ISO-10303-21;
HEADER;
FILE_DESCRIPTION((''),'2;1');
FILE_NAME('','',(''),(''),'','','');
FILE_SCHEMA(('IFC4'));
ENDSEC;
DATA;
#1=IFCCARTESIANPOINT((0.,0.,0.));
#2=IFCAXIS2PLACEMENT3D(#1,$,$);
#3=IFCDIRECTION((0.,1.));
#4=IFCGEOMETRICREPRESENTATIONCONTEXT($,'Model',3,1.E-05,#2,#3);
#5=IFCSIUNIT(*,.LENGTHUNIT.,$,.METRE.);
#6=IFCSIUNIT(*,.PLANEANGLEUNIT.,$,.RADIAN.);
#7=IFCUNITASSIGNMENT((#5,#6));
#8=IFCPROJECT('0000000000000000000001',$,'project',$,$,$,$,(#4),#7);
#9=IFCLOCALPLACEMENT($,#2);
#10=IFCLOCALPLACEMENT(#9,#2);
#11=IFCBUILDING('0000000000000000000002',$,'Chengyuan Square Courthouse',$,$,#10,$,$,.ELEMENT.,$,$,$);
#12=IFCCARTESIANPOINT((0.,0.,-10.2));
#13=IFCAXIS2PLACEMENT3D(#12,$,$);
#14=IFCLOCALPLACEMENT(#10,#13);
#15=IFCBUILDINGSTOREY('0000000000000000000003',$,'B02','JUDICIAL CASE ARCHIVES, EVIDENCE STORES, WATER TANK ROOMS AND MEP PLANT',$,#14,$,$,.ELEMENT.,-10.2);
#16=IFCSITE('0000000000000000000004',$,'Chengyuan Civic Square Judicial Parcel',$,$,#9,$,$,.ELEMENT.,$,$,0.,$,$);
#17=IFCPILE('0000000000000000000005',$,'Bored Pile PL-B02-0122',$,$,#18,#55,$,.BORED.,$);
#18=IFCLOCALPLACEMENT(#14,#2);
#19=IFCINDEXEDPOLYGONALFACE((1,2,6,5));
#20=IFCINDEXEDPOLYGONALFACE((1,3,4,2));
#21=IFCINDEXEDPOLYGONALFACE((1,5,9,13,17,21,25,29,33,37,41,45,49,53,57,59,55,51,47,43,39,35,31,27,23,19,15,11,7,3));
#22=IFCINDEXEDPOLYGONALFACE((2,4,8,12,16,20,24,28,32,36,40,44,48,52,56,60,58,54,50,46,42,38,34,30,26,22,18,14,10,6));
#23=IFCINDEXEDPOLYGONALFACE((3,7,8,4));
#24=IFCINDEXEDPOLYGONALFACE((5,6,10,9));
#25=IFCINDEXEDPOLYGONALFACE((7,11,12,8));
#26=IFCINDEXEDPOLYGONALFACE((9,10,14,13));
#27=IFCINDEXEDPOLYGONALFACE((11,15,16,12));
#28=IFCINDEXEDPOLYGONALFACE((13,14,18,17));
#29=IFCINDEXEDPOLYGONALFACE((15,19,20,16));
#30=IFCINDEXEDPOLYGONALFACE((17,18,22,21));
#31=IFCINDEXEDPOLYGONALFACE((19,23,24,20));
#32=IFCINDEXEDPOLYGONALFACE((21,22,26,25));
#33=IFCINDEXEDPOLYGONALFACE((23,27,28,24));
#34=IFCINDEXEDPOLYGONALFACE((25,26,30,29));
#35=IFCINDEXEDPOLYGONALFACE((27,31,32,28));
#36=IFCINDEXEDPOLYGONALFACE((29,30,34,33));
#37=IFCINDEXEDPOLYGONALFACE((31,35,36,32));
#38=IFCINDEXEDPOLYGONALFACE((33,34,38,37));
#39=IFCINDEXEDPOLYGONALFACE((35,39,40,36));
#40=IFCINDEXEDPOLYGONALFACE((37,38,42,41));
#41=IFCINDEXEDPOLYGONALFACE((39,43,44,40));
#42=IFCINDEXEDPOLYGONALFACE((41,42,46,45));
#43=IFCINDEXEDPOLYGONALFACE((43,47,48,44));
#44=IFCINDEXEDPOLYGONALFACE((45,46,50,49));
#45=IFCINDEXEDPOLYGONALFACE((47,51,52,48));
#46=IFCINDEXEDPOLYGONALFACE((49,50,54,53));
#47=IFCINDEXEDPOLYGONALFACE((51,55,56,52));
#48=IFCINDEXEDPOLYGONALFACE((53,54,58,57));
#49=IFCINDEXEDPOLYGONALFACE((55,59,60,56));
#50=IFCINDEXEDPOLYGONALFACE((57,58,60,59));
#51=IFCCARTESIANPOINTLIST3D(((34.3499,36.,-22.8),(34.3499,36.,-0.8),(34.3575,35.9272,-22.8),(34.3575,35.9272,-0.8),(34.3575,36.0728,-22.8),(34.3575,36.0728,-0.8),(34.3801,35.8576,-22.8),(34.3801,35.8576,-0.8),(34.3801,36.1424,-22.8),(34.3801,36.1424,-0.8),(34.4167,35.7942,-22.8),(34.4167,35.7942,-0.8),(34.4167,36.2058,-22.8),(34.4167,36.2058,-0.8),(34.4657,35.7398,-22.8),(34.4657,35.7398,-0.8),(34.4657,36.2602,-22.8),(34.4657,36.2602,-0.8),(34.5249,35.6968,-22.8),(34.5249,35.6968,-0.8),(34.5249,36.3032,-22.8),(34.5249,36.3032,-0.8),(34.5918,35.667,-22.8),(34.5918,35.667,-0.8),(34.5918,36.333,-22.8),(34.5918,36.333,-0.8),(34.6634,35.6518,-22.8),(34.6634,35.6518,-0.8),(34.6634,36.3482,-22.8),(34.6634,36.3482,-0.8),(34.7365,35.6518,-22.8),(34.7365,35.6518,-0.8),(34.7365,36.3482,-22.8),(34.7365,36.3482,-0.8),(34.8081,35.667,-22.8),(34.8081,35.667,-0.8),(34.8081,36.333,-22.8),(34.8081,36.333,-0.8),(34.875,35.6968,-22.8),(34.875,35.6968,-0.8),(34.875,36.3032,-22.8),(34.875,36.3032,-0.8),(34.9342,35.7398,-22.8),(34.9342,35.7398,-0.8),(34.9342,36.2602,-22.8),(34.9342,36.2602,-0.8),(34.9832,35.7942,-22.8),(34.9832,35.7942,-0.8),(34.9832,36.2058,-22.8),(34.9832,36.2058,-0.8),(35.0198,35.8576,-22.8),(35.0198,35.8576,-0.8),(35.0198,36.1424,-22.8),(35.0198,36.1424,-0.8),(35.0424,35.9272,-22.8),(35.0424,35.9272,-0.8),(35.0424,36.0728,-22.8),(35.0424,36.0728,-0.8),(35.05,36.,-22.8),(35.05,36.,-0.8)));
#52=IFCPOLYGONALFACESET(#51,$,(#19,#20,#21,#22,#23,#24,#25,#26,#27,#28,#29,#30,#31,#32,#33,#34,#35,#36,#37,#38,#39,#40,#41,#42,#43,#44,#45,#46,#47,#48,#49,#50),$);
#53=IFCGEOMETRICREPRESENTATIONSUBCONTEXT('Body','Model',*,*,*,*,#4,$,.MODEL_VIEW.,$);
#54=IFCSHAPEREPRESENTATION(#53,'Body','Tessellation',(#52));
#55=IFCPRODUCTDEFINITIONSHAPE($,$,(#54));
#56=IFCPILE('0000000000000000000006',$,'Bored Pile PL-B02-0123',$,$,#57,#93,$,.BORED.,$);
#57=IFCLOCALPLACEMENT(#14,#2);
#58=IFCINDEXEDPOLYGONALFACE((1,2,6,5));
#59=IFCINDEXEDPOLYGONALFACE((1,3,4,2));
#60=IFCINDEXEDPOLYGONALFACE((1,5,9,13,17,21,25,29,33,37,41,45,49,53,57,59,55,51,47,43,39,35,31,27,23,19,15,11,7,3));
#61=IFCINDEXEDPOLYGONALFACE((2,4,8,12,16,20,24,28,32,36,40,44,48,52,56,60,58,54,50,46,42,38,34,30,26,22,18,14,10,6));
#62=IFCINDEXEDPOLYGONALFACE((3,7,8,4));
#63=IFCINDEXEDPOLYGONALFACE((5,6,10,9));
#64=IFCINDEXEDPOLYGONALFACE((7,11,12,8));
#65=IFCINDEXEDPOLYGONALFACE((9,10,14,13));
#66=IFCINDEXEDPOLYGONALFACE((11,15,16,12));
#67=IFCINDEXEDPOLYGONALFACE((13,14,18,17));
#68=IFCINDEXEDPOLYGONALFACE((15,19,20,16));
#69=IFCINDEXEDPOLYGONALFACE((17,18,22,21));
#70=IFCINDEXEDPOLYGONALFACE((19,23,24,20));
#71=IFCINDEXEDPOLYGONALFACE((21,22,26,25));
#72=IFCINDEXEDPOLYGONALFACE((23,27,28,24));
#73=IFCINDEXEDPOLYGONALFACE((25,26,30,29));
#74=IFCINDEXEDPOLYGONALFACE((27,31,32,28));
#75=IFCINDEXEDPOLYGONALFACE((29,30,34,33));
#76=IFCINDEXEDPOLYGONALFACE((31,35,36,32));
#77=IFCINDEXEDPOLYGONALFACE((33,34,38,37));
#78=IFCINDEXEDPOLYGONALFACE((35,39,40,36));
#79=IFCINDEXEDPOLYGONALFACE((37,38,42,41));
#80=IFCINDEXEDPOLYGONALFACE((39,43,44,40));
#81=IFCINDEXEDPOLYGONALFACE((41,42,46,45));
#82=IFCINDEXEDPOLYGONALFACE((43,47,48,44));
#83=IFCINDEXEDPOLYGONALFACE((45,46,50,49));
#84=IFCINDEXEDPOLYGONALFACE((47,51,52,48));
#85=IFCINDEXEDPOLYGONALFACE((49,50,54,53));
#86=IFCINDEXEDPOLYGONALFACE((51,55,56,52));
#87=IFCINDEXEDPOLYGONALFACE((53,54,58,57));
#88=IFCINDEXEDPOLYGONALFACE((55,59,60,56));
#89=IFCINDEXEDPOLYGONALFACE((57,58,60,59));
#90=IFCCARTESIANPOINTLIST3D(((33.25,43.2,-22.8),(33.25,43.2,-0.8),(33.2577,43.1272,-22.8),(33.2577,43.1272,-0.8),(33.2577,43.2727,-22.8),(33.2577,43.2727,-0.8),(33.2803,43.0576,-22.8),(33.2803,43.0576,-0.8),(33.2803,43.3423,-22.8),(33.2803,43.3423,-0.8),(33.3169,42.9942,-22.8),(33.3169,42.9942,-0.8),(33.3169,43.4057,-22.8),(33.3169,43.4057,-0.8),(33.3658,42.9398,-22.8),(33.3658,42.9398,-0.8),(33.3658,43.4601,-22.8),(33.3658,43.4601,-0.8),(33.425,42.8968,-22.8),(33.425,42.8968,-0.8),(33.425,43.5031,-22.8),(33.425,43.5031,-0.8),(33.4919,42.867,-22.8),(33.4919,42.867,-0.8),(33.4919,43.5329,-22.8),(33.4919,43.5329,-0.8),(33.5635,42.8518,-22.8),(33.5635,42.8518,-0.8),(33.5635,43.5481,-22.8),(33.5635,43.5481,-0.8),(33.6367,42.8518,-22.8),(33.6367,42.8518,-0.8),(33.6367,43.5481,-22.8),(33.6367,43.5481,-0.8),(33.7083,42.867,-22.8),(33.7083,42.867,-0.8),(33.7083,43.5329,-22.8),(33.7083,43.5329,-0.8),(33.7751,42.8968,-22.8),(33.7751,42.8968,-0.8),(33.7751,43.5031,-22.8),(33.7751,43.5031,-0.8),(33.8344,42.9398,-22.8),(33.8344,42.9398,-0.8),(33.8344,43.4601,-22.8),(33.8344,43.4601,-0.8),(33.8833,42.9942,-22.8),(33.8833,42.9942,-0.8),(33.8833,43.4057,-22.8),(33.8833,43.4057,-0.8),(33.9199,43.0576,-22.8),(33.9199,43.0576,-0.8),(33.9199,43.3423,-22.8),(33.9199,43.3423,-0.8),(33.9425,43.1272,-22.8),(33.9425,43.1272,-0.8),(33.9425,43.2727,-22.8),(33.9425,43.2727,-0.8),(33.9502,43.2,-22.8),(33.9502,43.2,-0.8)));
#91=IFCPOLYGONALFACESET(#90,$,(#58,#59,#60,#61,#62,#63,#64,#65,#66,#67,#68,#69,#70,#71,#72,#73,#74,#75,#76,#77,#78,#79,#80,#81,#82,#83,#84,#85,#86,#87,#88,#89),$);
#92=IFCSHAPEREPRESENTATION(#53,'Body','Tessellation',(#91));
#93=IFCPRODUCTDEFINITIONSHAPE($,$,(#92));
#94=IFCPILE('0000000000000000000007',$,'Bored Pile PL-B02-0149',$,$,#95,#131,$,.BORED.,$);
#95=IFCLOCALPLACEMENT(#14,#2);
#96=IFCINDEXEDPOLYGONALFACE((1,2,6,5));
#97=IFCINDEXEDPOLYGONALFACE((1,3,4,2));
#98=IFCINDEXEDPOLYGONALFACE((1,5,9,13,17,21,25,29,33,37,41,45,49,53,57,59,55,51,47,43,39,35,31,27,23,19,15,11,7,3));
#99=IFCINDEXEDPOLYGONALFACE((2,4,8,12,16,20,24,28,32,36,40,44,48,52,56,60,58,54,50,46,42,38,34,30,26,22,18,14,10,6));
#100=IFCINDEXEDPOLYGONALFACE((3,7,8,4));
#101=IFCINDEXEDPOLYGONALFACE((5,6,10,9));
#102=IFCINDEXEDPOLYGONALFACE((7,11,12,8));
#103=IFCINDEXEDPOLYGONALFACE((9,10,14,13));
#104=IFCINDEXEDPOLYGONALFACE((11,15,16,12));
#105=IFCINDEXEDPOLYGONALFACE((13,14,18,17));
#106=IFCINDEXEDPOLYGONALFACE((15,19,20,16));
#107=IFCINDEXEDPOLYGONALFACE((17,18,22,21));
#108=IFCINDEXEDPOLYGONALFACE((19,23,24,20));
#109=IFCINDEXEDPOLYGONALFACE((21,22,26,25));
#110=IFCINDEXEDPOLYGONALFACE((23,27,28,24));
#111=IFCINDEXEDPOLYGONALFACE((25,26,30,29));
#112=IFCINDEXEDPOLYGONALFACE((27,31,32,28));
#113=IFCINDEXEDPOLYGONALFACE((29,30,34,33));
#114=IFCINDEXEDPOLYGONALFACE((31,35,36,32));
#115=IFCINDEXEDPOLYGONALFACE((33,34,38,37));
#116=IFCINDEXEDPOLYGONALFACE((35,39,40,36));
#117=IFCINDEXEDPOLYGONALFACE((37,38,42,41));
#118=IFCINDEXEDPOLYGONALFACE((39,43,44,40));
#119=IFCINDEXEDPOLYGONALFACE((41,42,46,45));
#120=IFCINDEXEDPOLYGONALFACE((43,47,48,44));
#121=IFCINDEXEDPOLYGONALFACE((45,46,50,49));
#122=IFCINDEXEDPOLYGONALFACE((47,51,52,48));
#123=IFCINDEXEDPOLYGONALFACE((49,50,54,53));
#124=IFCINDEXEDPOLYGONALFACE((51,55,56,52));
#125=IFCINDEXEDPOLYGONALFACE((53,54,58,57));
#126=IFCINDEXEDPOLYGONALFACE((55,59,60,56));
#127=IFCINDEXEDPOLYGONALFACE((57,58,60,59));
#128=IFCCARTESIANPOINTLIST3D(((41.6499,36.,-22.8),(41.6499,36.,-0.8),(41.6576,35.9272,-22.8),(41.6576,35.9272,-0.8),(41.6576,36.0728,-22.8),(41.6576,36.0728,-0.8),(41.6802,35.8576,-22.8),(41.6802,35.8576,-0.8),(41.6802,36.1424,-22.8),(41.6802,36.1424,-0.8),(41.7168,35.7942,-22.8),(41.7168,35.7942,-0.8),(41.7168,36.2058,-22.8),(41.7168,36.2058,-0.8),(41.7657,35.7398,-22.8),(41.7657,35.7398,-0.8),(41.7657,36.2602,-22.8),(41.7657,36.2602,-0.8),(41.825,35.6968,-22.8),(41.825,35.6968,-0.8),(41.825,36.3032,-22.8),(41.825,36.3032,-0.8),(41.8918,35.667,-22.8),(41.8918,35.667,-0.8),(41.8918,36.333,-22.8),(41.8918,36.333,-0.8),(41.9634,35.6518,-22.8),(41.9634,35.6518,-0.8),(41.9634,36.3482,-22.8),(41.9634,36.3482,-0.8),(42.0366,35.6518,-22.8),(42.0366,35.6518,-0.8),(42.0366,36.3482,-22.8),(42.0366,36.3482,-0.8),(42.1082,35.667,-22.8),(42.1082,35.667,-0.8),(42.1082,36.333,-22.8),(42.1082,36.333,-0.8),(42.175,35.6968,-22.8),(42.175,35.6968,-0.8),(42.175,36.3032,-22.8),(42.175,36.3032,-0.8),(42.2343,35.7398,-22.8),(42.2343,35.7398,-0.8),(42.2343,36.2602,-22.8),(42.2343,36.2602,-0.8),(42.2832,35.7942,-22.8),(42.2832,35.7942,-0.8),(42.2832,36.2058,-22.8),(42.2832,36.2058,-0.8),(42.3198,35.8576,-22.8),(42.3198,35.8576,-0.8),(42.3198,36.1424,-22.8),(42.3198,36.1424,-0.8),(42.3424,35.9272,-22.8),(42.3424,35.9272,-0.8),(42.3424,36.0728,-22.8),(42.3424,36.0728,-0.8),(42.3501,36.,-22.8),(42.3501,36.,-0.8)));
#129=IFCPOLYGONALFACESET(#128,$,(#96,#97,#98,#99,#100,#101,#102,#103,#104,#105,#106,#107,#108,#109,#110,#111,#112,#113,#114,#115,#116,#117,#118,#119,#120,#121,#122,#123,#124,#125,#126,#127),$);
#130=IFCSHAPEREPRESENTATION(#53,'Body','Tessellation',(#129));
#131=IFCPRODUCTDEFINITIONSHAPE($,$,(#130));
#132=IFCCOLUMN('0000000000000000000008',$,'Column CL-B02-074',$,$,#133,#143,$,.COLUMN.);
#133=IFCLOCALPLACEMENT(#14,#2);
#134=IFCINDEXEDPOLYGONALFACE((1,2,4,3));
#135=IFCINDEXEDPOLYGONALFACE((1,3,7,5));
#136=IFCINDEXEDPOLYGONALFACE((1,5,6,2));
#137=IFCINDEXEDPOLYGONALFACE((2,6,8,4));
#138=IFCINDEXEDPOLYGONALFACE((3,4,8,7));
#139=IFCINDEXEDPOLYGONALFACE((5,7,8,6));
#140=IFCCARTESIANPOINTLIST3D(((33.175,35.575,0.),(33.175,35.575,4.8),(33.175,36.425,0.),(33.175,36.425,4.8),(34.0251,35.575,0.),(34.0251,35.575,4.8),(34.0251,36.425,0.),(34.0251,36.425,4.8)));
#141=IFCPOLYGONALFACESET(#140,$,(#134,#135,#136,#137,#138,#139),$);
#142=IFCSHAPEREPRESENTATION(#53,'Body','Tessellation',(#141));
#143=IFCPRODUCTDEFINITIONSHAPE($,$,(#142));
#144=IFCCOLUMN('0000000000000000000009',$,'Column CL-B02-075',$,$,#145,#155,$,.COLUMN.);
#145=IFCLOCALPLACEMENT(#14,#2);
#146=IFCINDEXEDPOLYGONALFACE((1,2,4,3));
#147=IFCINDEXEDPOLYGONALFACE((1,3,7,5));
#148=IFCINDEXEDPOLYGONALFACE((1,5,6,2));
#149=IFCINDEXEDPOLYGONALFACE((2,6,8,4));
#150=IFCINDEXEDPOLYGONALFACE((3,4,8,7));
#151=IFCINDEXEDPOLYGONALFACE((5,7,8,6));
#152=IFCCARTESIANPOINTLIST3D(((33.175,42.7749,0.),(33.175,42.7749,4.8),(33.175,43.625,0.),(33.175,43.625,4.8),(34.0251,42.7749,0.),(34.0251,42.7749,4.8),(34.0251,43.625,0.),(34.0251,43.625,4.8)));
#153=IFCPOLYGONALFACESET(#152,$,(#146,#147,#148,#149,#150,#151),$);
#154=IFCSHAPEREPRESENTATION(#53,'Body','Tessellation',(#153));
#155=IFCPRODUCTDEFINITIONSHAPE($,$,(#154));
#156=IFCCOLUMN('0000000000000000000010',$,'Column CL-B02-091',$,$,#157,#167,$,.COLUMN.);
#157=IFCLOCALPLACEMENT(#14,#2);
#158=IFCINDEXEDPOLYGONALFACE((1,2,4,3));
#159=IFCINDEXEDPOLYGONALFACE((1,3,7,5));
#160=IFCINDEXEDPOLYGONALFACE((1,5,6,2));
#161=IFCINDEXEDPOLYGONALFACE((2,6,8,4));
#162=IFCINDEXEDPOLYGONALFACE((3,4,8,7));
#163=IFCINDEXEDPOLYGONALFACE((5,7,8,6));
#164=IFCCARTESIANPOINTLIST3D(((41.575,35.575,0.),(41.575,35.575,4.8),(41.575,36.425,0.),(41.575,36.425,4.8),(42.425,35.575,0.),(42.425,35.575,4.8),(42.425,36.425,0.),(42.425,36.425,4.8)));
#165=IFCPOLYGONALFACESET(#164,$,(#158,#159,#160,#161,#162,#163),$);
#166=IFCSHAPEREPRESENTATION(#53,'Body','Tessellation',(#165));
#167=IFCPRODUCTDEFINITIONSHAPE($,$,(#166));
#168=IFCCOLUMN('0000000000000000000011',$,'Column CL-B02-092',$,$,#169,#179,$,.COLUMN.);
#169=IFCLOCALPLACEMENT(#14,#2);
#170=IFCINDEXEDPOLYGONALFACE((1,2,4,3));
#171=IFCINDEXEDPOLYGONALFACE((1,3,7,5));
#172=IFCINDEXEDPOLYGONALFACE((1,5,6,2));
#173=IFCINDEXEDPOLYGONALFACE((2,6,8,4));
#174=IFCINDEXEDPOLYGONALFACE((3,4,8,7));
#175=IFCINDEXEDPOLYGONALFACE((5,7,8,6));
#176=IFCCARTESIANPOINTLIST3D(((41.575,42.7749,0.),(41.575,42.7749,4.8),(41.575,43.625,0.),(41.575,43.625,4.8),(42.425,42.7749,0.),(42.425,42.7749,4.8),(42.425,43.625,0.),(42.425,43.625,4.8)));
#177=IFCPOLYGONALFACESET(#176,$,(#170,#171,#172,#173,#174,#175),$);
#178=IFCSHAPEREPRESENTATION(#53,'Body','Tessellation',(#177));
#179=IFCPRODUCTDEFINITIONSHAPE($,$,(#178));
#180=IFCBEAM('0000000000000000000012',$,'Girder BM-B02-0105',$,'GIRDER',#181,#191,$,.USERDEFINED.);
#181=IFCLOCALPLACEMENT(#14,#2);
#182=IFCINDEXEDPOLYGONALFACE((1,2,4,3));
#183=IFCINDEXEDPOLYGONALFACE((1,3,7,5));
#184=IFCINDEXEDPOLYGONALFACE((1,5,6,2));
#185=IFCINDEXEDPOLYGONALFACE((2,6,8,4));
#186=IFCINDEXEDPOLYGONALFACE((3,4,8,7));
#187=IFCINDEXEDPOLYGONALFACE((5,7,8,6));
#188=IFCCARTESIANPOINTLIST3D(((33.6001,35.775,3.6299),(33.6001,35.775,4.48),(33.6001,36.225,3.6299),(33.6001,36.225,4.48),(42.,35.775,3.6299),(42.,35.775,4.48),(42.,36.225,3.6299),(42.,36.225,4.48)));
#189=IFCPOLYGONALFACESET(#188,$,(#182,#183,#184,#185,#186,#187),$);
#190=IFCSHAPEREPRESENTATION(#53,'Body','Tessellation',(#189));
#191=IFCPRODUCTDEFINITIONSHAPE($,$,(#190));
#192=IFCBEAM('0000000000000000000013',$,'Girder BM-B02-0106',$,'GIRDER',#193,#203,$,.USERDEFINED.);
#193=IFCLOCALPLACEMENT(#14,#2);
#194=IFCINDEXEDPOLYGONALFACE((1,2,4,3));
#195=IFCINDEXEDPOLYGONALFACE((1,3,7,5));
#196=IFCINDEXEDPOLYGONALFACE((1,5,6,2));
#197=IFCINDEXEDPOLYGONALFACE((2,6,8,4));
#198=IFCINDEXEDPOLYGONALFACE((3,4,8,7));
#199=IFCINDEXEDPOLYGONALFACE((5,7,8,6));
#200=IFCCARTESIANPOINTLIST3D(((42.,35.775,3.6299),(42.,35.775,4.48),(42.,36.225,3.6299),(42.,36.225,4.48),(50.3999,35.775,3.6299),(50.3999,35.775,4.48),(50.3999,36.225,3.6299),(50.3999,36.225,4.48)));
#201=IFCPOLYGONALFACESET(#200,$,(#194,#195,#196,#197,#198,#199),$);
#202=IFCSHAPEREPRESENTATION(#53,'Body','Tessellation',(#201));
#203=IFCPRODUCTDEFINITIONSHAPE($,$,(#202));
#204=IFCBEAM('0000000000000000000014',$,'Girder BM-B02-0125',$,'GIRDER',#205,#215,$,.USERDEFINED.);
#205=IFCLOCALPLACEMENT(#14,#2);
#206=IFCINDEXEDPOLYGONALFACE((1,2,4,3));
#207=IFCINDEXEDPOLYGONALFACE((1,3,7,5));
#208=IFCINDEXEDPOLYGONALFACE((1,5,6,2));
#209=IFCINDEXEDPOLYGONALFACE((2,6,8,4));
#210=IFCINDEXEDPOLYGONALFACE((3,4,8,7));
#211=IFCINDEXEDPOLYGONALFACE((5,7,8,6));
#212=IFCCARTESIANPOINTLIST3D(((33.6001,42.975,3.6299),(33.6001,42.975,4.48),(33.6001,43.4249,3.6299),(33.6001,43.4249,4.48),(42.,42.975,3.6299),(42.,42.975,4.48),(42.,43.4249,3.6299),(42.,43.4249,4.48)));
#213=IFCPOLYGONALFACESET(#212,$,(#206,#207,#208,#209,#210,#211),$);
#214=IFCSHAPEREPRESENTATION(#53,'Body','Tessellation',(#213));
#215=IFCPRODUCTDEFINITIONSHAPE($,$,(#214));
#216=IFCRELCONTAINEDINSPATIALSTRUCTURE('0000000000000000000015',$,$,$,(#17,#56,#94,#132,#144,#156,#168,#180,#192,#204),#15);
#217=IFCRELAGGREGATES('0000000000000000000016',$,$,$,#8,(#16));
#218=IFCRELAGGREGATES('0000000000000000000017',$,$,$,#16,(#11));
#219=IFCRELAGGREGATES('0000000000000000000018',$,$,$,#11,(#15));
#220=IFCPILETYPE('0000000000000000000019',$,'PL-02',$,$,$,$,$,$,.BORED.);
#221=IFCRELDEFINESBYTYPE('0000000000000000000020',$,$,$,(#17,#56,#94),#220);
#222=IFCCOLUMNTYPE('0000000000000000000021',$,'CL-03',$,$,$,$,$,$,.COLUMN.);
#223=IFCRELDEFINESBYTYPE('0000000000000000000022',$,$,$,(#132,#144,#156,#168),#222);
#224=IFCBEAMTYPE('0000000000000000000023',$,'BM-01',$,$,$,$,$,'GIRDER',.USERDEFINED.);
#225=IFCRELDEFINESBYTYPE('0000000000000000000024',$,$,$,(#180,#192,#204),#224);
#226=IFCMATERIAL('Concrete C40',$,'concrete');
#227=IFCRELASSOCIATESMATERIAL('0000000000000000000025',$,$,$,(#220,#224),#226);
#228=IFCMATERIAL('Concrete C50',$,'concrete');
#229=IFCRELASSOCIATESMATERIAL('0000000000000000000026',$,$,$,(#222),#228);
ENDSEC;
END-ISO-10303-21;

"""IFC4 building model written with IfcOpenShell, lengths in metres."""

from ifc_helpers import new_model, si_unit, direction, frame, origin, origin_2d, place, context, subcontext, project, spatial, rectangle, circle, extrude, material, material_profile, profile_set, type_object, element, save


model = new_model("IFC4")

# Units and contexts
model_context = context("Model", 3, precision=1e-05, world=origin(), true_north=direction((0.0, 1.0)))
body_context = subcontext(model_context, "Body", "Model", "MODEL_VIEW")
ifc_project = project(units=[si_unit("LENGTHUNIT", "METRE"), si_unit("PLANEANGLEUNIT", "RADIAN")], contexts=[model_context])

# Site, building, storey
site_placement = place(None, origin())
site = spatial("IfcSite", under=ifc_project, at=site_placement, Name="Chengyuan Civic Square Judicial Parcel", CompositionType="ELEMENT", RefElevation=0.0)
building_placement = place(site_placement, origin())
building = spatial("IfcBuilding", under=site, at=building_placement, Name="Chengyuan Square Courthouse", CompositionType="ELEMENT")
storey_placement = place(building_placement, frame((0.0, 0.0, -10.2)))
storey = spatial("IfcBuildingStorey", under=building, at=storey_placement, Name="B02", Description="JUDICIAL CASE ARCHIVES, EVIDENCE STORES, WATER TANK ROOMS AND MEP PLANT", CompositionType="ELEMENT", Elevation=-10.2)

# Shared definitions
ifc_material_1 = material(Name="Concrete C40", Category="concrete")

# Piles
ifc_material_profile_1 = material_profile(ifc_material_1, circle(Radius=0.3501, at=origin_2d()), Name="BORED PILE D700")
ifc_profile_set_1 = profile_set([ifc_material_profile_1], Name="Concrete C40")
pile_type_1 = type_object("IfcPileType", Name="PL-02", PredefinedType="BORED", material=ifc_profile_set_1)
for number, where, z_axis, x_axis, name in (
    (1, (34.7, 36.0, -0.8), (0.0, 0.0, -1.0), (1.0, 0.0, 0.0), "Bored Pile PL-B02-0122"),
    (2, (33.6001, 43.2, -0.8), (0.0, 0.0, -1.0), (1.0, 0.0, 0.0), "Bored Pile PL-B02-0123"),
    (3, (42.0, 36.0, -0.8), (0.0, 0.0, -1.0), (1.0, 0.0, 0.0), "Bored Pile PL-B02-0149"),
):
    element("IfcPile", number, at=place(storey_placement, frame(where, z_axis=z_axis, x_axis=x_axis)), inside=storey, type_object=pile_type_1, Name=name, PredefinedType="BORED", context=body_context, shape_type="SweptSolid", body=[
        extrude(circle(Radius=0.3501, at=origin_2d()), origin(), (0.0, 0.0, 1.0), 22.0),
    ])

# Columns
ifc_material_2 = material(Name="Concrete C50", Category="concrete")
ifc_material_profile_2 = material_profile(ifc_material_2, rectangle(XDim=0.8501, YDim=0.8501, at=origin_2d()), Name="RC-COL-850x850")
ifc_profile_set_2 = profile_set([ifc_material_profile_2], Name="Concrete C50")
column_type = type_object("IfcColumnType", Name="CL-03", PredefinedType="COLUMN", material=ifc_profile_set_2)
for number, where, z_axis, x_axis, name in (
    (4, (33.6001, 36.0, 0.0), (0.0, 0.0, 1.0), (1.0, 0.0, 0.0), "Column CL-B02-074"),
    (5, (33.6001, 43.2, 0.0), (0.0, 0.0, 1.0), (1.0, 0.0, 0.0), "Column CL-B02-075"),
    (6, (42.0, 36.0, 0.0), (0.0, 0.0, 1.0), (1.0, 0.0, 0.0), "Column CL-B02-091"),
    (7, (42.0, 43.2, 0.0), (0.0, 0.0, 1.0), (1.0, 0.0, 0.0), "Column CL-B02-092"),
):
    element("IfcColumn", number, at=place(storey_placement, frame(where, z_axis=z_axis, x_axis=x_axis)), inside=storey, type_object=column_type, Name=name, PredefinedType="COLUMN", context=body_context, shape_type="SweptSolid", body=[
        extrude(rectangle(XDim=0.8501, YDim=0.8501, at=origin_2d()), origin(), (0.0, 0.0, 1.0), 4.8),
    ])

# Beams
ifc_material_profile_3 = material_profile(ifc_material_1, rectangle(XDim=0.45, YDim=0.8501, at=origin_2d()), Name="RC-BM-450x850")
ifc_profile_set_3 = profile_set([ifc_material_profile_3], Name="Concrete C40")
beam_type_1 = type_object("IfcBeamType", Name="BM-01", ElementType="GIRDER", PredefinedType="USERDEFINED", material=ifc_profile_set_3)
for number, where, z_axis, x_axis, name in (
    (8, (33.6001, 36.0, 4.0549), (1.0, 0.0, 0.0), (0.0, 1.0, 0.0), "Girder BM-B02-0105"),
    (9, (42.0, 36.0, 4.0549), (1.0, 0.0, 0.0), (0.0, 1.0, 0.0), "Girder BM-B02-0106"),
    (10, (33.6001, 43.2, 4.0549), (1.0, 0.0, 0.0), (0.0, 1.0, 0.0), "Girder BM-B02-0125"),
):
    element("IfcBeam", number, at=place(storey_placement, frame(where, z_axis=z_axis, x_axis=x_axis)), inside=storey, type_object=beam_type_1, Name=name, ObjectType="GIRDER", PredefinedType="USERDEFINED", context=body_context, shape_type="SweptSolid", body=[
        extrude(rectangle(XDim=0.45, YDim=0.8501, at=origin_2d()), origin(), (0.0, 0.0, 1.0), 8.3999),
    ])

save(model, "model.ifc")
